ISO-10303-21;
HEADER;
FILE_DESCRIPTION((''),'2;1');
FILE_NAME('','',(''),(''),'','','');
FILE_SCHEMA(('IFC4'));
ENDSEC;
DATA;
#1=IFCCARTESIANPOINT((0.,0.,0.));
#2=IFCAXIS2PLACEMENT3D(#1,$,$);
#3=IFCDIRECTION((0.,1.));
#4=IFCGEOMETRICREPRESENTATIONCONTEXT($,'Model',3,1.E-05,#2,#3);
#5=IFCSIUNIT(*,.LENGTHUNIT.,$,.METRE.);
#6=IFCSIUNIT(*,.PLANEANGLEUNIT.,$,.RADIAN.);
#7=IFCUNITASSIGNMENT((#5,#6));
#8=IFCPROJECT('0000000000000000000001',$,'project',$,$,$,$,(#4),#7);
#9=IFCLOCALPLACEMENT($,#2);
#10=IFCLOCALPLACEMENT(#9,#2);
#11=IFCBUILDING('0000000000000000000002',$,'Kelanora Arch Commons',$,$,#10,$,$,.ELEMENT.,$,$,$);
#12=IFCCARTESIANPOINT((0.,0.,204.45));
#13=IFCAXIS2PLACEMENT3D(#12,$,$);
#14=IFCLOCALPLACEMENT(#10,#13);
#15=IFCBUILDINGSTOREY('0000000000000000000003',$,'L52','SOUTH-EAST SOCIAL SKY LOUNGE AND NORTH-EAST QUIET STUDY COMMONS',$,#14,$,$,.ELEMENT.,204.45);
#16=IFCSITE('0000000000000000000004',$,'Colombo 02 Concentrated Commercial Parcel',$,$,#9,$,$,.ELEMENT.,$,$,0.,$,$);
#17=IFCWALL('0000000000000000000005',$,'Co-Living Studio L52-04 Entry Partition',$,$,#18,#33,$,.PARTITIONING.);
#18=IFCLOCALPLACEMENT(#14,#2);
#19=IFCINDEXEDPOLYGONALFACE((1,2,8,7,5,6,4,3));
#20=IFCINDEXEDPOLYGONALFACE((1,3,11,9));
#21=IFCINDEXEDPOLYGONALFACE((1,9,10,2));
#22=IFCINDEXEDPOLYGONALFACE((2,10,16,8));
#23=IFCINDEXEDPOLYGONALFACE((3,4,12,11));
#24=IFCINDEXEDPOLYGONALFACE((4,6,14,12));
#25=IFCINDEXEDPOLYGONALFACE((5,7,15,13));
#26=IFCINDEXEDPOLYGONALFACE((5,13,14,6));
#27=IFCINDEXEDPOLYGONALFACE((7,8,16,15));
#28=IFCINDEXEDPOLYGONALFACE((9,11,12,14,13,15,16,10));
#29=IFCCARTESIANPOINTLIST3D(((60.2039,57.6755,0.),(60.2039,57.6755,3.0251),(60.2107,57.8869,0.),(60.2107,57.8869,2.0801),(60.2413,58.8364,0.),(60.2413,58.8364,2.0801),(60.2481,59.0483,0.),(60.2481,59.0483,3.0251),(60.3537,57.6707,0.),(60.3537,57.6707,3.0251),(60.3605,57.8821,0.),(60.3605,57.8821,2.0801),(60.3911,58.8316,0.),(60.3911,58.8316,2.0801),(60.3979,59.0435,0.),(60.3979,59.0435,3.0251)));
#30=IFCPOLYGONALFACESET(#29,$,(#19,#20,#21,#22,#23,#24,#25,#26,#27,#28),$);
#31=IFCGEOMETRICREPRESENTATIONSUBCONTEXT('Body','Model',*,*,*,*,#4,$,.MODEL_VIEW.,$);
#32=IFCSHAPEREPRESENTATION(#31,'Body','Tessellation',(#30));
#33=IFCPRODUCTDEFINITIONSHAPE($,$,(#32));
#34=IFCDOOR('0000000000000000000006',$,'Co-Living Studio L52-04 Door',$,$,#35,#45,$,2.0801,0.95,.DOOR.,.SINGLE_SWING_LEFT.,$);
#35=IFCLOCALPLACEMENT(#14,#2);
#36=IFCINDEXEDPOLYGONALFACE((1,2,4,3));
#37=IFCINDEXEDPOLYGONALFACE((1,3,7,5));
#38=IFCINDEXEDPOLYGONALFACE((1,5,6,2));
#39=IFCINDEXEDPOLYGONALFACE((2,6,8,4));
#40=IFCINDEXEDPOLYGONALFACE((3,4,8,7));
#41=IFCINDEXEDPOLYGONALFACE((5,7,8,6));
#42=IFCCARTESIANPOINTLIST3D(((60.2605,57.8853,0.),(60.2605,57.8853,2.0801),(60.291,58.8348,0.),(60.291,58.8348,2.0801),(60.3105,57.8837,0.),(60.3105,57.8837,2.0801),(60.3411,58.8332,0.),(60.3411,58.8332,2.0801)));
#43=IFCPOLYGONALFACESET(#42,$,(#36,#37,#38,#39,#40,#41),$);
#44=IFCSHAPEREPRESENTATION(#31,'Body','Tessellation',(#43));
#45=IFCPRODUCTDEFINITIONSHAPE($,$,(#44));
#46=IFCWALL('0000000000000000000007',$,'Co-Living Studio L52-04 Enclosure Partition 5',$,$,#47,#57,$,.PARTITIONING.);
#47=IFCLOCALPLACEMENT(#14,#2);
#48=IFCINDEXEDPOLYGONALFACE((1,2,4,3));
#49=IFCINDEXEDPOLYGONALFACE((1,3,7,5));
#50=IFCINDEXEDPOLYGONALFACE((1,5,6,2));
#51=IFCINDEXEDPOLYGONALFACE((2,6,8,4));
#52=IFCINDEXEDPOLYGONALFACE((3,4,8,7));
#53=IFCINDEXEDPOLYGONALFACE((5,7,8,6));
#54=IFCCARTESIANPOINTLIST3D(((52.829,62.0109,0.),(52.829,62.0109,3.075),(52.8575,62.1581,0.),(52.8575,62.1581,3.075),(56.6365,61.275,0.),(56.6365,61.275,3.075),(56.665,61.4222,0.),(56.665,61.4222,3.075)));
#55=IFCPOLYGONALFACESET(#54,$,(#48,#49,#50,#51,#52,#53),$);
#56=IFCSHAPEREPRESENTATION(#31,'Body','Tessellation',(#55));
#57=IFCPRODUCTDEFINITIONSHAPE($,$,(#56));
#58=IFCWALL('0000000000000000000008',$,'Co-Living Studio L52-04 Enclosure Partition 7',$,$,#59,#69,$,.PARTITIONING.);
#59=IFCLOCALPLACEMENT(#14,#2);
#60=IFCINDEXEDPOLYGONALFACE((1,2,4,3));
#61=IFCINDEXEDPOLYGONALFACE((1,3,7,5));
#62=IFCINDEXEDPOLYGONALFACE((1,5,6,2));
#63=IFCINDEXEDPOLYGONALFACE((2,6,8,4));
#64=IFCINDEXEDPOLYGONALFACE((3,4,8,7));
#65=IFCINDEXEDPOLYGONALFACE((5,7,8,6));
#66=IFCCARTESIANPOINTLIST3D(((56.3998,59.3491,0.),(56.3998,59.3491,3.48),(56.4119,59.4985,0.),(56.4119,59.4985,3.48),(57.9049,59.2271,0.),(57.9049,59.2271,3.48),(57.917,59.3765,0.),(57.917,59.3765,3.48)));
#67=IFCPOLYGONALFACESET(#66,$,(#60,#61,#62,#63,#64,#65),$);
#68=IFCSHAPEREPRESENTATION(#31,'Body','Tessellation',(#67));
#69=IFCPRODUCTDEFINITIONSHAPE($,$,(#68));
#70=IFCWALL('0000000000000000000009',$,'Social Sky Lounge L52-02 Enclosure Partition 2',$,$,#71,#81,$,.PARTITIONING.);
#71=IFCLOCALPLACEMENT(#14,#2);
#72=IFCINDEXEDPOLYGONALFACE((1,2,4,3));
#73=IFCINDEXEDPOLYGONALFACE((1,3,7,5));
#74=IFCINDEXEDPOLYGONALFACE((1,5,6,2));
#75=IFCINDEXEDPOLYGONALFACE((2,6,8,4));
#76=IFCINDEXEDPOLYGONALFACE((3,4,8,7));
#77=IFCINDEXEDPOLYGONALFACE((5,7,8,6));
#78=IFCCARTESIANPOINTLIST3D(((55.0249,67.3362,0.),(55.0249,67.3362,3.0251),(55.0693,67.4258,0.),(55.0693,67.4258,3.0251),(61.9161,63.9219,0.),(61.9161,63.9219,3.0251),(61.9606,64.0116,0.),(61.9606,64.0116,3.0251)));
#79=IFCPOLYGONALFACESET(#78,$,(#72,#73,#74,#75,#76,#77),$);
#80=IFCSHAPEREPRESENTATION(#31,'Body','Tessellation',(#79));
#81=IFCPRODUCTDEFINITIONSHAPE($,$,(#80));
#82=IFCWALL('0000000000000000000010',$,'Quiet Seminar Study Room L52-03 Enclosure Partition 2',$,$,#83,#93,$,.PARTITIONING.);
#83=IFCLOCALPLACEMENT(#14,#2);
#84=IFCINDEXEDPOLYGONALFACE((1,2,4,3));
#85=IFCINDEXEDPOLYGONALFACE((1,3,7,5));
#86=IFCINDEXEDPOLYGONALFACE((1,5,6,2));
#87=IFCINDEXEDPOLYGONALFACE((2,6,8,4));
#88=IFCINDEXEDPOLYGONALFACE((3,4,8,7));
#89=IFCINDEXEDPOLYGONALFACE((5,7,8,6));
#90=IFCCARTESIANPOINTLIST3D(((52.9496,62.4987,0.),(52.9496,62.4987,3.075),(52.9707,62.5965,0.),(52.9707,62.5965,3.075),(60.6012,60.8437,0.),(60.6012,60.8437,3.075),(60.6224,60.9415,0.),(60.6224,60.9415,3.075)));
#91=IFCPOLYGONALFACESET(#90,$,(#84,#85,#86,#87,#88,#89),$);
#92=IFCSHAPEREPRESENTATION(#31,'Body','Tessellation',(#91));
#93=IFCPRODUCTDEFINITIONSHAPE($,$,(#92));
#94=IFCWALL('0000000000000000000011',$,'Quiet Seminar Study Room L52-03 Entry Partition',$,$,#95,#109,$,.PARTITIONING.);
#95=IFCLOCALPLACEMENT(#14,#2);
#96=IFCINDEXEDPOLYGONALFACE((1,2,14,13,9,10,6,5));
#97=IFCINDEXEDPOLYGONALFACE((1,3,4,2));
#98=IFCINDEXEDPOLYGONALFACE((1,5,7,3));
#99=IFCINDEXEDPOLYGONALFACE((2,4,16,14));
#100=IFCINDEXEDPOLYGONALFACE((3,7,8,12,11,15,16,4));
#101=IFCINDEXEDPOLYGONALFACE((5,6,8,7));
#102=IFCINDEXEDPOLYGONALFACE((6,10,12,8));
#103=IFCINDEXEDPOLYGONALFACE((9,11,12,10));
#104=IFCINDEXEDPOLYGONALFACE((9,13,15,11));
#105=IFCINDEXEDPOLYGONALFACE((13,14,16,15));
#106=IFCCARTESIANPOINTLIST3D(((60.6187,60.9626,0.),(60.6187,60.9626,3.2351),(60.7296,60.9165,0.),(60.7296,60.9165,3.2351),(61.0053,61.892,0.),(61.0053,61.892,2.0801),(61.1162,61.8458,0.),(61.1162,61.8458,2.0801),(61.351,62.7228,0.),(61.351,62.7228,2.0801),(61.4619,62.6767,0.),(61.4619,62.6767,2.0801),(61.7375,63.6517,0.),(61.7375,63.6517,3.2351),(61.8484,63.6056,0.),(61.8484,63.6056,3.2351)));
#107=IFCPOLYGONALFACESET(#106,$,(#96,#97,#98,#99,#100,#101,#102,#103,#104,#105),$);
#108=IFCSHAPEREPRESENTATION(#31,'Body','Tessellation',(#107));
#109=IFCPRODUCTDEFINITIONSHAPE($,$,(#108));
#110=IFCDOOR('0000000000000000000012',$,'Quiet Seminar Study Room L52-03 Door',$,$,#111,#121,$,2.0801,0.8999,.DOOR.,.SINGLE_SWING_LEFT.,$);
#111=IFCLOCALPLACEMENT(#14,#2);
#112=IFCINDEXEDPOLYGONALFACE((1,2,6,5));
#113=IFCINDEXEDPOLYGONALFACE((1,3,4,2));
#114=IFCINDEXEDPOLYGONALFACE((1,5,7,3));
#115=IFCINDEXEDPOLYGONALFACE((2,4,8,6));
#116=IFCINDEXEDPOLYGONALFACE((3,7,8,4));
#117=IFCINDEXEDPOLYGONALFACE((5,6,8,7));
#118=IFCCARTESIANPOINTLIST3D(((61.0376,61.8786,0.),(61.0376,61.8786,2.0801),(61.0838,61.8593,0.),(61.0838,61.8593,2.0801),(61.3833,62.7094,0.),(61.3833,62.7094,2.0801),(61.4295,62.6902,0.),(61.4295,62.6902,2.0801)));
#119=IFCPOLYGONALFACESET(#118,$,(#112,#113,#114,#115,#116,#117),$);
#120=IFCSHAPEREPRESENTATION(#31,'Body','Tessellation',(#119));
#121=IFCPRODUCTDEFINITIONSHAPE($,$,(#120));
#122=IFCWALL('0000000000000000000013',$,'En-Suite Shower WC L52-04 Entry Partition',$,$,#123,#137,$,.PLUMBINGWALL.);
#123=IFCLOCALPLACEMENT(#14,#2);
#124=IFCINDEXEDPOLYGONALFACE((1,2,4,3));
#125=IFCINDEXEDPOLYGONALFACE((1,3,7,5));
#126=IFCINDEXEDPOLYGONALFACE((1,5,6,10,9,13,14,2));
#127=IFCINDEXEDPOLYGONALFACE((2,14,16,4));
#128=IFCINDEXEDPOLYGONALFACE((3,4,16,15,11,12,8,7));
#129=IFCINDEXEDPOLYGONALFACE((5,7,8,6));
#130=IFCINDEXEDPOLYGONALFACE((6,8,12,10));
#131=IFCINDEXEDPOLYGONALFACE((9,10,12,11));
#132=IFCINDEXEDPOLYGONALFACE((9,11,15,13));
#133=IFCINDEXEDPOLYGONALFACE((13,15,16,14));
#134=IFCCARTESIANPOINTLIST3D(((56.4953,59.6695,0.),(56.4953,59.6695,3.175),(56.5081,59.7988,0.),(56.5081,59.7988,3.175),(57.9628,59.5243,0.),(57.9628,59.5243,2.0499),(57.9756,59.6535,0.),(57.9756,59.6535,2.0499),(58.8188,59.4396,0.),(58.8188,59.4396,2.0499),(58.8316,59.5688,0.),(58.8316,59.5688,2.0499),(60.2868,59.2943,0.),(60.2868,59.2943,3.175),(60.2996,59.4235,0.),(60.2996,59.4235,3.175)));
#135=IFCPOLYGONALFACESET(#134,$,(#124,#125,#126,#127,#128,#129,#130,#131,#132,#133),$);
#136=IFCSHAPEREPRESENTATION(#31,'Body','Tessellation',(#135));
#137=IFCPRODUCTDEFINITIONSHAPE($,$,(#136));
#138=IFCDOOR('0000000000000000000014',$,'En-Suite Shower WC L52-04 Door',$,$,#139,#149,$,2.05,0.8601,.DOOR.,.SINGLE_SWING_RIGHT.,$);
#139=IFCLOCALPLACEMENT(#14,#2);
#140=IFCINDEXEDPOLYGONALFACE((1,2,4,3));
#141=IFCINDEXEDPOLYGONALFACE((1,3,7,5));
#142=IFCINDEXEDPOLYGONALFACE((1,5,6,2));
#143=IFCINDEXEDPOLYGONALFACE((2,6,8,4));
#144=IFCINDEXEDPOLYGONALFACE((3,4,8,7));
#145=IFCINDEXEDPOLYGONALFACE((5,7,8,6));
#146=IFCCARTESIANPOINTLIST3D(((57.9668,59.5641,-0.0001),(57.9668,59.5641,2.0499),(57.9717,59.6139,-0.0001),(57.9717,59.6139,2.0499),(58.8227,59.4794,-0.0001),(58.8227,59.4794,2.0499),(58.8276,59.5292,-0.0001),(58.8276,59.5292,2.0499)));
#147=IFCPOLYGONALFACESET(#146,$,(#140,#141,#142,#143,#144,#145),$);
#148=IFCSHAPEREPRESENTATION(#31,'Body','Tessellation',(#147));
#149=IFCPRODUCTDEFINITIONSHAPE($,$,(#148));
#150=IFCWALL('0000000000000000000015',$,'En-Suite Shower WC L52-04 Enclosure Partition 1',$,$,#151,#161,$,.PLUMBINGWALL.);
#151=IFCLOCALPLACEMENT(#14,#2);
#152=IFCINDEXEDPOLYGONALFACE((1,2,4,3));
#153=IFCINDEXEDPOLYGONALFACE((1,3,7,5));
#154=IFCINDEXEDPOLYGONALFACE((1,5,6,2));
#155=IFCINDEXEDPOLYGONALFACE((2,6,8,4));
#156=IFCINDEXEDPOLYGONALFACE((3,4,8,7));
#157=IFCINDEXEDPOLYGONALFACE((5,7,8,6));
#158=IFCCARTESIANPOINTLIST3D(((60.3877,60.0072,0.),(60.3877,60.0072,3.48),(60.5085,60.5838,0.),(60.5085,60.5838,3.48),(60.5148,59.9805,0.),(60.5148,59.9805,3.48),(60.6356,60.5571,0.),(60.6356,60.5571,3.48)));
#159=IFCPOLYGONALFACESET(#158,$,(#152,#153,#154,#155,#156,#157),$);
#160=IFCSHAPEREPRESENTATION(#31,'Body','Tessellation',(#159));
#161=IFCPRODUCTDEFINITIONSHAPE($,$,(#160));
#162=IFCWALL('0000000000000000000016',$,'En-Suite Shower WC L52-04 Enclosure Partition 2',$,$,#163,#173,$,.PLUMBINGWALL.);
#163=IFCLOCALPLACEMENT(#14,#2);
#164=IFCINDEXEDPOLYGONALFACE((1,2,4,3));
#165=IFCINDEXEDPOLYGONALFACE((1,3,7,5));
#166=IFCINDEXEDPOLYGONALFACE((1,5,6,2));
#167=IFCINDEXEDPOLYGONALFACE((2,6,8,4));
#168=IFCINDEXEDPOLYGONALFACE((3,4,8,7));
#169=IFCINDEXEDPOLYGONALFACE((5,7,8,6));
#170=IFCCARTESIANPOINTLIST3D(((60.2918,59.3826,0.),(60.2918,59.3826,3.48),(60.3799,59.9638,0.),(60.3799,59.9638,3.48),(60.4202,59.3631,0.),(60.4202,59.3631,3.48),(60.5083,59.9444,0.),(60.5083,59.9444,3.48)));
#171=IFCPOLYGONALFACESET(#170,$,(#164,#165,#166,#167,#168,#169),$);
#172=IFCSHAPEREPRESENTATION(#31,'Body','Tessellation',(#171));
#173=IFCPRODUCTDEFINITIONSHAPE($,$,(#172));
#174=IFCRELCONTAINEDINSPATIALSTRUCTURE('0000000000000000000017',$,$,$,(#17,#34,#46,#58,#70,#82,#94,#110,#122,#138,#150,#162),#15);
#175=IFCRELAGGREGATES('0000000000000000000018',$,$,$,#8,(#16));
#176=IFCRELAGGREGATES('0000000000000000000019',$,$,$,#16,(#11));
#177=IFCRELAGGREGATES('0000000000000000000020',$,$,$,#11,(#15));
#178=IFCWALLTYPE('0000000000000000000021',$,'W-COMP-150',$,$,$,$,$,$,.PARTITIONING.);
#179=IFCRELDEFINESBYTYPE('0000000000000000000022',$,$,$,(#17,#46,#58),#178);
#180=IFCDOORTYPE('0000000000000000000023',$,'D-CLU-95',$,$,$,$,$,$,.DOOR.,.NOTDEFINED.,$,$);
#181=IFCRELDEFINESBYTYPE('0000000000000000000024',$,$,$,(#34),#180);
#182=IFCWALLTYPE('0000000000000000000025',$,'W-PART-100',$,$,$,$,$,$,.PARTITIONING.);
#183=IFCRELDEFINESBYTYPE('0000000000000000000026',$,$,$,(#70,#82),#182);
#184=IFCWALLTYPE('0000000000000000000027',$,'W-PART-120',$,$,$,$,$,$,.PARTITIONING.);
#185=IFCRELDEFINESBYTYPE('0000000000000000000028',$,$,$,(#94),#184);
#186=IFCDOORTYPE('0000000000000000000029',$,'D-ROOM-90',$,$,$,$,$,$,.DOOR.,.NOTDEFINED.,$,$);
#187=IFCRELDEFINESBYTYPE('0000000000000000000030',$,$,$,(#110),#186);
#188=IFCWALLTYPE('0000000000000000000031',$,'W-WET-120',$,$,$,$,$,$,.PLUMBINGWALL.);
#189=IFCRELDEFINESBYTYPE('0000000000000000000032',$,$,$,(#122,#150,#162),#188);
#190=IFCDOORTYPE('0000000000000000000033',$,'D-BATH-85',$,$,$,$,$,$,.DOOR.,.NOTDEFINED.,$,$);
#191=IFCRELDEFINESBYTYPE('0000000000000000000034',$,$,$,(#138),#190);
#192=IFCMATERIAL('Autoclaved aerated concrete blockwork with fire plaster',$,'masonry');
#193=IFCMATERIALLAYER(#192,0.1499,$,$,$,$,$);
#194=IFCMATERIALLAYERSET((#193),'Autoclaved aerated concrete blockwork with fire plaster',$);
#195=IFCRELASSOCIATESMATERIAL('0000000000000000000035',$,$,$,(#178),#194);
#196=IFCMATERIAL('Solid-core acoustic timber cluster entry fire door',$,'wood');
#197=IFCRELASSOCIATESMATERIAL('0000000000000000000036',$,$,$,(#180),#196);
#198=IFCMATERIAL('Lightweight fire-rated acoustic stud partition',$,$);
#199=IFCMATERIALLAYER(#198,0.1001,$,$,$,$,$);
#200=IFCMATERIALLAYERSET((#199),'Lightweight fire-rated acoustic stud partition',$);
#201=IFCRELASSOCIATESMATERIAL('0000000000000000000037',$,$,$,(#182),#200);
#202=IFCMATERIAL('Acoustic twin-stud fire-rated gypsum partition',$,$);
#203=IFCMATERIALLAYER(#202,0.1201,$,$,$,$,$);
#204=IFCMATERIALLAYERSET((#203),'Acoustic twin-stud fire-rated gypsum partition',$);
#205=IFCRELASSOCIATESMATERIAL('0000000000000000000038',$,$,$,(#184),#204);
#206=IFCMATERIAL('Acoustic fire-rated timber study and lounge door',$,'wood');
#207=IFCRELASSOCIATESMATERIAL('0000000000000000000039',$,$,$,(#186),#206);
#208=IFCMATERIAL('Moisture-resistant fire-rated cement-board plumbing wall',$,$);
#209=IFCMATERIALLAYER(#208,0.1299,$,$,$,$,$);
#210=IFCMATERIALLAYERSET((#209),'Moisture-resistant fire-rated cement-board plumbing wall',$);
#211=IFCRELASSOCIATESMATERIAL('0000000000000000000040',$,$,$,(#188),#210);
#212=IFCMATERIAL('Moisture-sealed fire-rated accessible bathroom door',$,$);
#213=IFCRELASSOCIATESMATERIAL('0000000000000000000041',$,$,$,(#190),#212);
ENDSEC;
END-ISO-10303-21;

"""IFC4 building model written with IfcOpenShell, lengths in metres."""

from ifc_helpers import new_model, si_unit, direction, frame, frame_2d, origin, place, context, subcontext, project, spatial, rectangle, extrude, material, layer, layer_set, type_object, element, fill, save


model = new_model("IFC4")

# Units and contexts
model_context = context("Model", 3, precision=1e-05, world=origin(), true_north=direction((0.0, 1.0)))
body_context = subcontext(model_context, "Body", "Model", "MODEL_VIEW")
ifc_project = project(units=[si_unit("LENGTHUNIT", "METRE"), si_unit("PLANEANGLEUNIT", "RADIAN")], contexts=[model_context])

# Site, building, storey
site_placement = place(None, origin())
site = spatial("IfcSite", under=ifc_project, at=site_placement, Name="Colombo 02 Concentrated Commercial Parcel", CompositionType="ELEMENT", RefElevation=0.0)
building_placement = place(site_placement, origin())
building = spatial("IfcBuilding", under=site, at=building_placement, Name="Kelanora Arch Commons", CompositionType="ELEMENT")
storey_placement = place(building_placement, frame((0.0, 0.0, 204.45)))
storey = spatial("IfcBuildingStorey", under=building, at=storey_placement, Name="L52", Description="SOUTH-EAST SOCIAL SKY LOUNGE AND NORTH-EAST QUIET STUDY COMMONS", CompositionType="ELEMENT", Elevation=204.45)

# Wall, opening, door
ifc_material_1 = material(Name="Autoclaved aerated concrete blockwork with fire plaster", Category="masonry")
ifc_layer_1 = layer(ifc_material_1, 0.1499)
ifc_layer_set_1 = layer_set([ifc_layer_1], Name="Autoclaved aerated concrete blockwork with fire plaster")
wall_type_1 = type_object("IfcWallType", Name="W-COMP-150", PredefinedType="PARTITIONING", material=ifc_layer_set_1)
wall_1_placement = place(storey_placement, frame((60.323, 59.0459, 0.0), z_axis=(0.0, 0.0, 1.0), x_axis=(-0.032173, -0.999482, 0.0)))
wall_1 = element("IfcWall", 1, at=wall_1_placement, inside=storey, type_object=wall_type_1, Name="Co-Living Studio L52-04 Entry Partition", PredefinedType="PARTITIONING", context=body_context, shape_type="SweptSolid", body=[
    extrude(rectangle(XDim=1.3735, YDim=0.1499, at=frame_2d((0.6868, 0.0))), origin(), (0.0, 0.0, 1.0), 3.0251),
])
opening_1_placement = place(wall_1_placement, frame((0.2119, 0.0, 0.0)))
opening_1 = element("IfcOpeningElement", 2, at=opening_1_placement, cuts=wall_1, PredefinedType="OPENING", context=body_context, shape_type="SweptSolid", body=[
    extrude(rectangle(XDim=0.95, YDim=2.0801, at=frame_2d((0.4751, 1.04))), frame((0.0, 0.085, 0.0), z_axis=(0.0, -1.0, 0.0), x_axis=(1.0, 0.0, 0.0)), (0.0, 0.0, 1.0), 0.1699),
])
ifc_material_2 = material(Name="Solid-core acoustic timber cluster entry fire door", Category="wood")
door_type_1 = type_object("IfcDoorType", Name="D-CLU-95", OperationType="NOTDEFINED", PredefinedType="DOOR", material=ifc_material_2)
door_1_placement = place(opening_1_placement, origin())
door_1 = element("IfcDoor", 3, at=door_1_placement, inside=storey, type_object=door_type_1, Name="Co-Living Studio L52-04 Door", OperationType="SINGLE_SWING_LEFT", OverallHeight=2.0801, OverallWidth=0.95, PredefinedType="DOOR", context=body_context, shape_type="SweptSolid", body=[
    extrude(rectangle(XDim=0.95, YDim=2.0801, at=frame_2d((0.4751, 1.04))), frame((0.0, 0.0249, 0.0), z_axis=(0.0, -1.0, 0.0), x_axis=(1.0, 0.0, 0.0)), (0.0, 0.0, 1.0), 0.05),
])
fill(opening_1, door_1)

# Walls
wall_2_placement = place(storey_placement, frame((52.8433, 62.0845, 0.0), z_axis=(0.0, 0.0, 1.0), x_axis=(0.981831, -0.189756, 0.0)))
element("IfcWall", 4, at=wall_2_placement, inside=storey, type_object=wall_type_1, Name="Co-Living Studio L52-04 Enclosure Partition 5", PredefinedType="PARTITIONING", context=body_context, shape_type="SweptSolid", body=[
    extrude(rectangle(XDim=3.8779, YDim=0.1499, at=frame_2d((1.939, 0.0))), origin(), (0.0, 0.0, 1.0), 3.075),
])
wall_3_placement = place(storey_placement, frame((56.406, 59.4238, 0.0), z_axis=(0.0, 0.0, 1.0), x_axis=(0.996727, -0.080838, 0.0)))
element("IfcWall", 5, at=wall_3_placement, inside=storey, type_object=wall_type_1, Name="Co-Living Studio L52-04 Enclosure Partition 7", PredefinedType="PARTITIONING", context=body_context, shape_type="SweptSolid", body=[
    extrude(rectangle(XDim=1.51, YDim=0.1499, at=frame_2d((0.7549, 0.0))), origin(), (0.0, 0.0, 1.0), 3.48),
])
ifc_material_3 = material(Name="Lightweight fire-rated acoustic stud partition")
ifc_layer_2 = layer(ifc_material_3, 0.1001)
ifc_layer_set_2 = layer_set([ifc_layer_2], Name="Lightweight fire-rated acoustic stud partition")
wall_type_2 = type_object("IfcWallType", Name="W-PART-100", PredefinedType="PARTITIONING", material=ifc_layer_set_2)
wall_4_placement = place(storey_placement, frame((61.9382, 63.9668, 0.0), z_axis=(0.0, 0.0, 1.0), x_axis=(-0.896053, 0.443947, 0.0)))
element("IfcWall", 6, at=wall_4_placement, inside=storey, type_object=wall_type_2, Name="Social Sky Lounge L52-02 Enclosure Partition 2", PredefinedType="PARTITIONING", context=body_context, shape_type="SweptSolid", body=[
    extrude(rectangle(XDim=7.6907, YDim=0.1001, at=frame_2d((3.8452, 0.0))), origin(), (0.0, 0.0, 1.0), 3.0251),
])
wall_5_placement = place(storey_placement, frame((60.6118, 60.8926, 0.0), z_axis=(0.0, 0.0, 1.0), x_axis=(-0.977398, 0.211409, 0.0)))
element("IfcWall", 7, at=wall_5_placement, inside=storey, type_object=wall_type_2, Name="Quiet Seminar Study Room L52-03 Enclosure Partition 2", PredefinedType="PARTITIONING", context=body_context, shape_type="SweptSolid", body=[
    extrude(rectangle(XDim=7.8286, YDim=0.1001, at=frame_2d((3.9143, 0.0))), origin(), (0.0, 0.0, 1.0), 3.075),
])

# Walls, openings, doors
ifc_material_4 = material(Name="Acoustic twin-stud fire-rated gypsum partition")
ifc_layer_3 = layer(ifc_material_4, 0.1201)
ifc_layer_set_3 = layer_set([ifc_layer_3], Name="Acoustic twin-stud fire-rated gypsum partition")
wall_type_3 = type_object("IfcWallType", Name="W-PART-120", PredefinedType="PARTITIONING", material=ifc_layer_set_3)
wall_6_placement = place(storey_placement, frame((61.793, 63.6287, 0.0), z_axis=(0.0, 0.0, 1.0), x_axis=(-0.384145, -0.923273, 0.0)))
wall_6 = element("IfcWall", 8, at=wall_6_placement, inside=storey, type_object=wall_type_3, Name="Quiet Seminar Study Room L52-03 Entry Partition", PredefinedType="PARTITIONING", context=body_context, shape_type="SweptSolid", body=[
    extrude(rectangle(XDim=2.9126, YDim=0.1201, at=frame_2d((1.4563, 0.0))), origin(), (0.0, 0.0, 1.0), 3.2351),
])
opening_2_placement = place(wall_6_placement, frame((1.0061, 0.0, 0.0)))
opening_2 = element("IfcOpeningElement", 9, at=opening_2_placement, cuts=wall_6, PredefinedType="OPENING", context=body_context, shape_type="SweptSolid", body=[
    extrude(rectangle(XDim=0.8999, YDim=2.0801, at=frame_2d((0.45, 1.04))), frame((0.0, 0.0701, 0.0), z_axis=(0.0, -1.0, 0.0), x_axis=(1.0, 0.0, 0.0)), (0.0, 0.0, 1.0), 0.1401),
])
ifc_material_5 = material(Name="Acoustic fire-rated timber study and lounge door", Category="wood")
door_type_2 = type_object("IfcDoorType", Name="D-ROOM-90", OperationType="NOTDEFINED", PredefinedType="DOOR", material=ifc_material_5)
door_2_placement = place(opening_2_placement, origin())
door_2 = element("IfcDoor", 10, at=door_2_placement, inside=storey, type_object=door_type_2, Name="Quiet Seminar Study Room L52-03 Door", OperationType="SINGLE_SWING_LEFT", OverallHeight=2.0801, OverallWidth=0.8999, PredefinedType="DOOR", context=body_context, shape_type="SweptSolid", body=[
    extrude(rectangle(XDim=0.8999, YDim=2.0801, at=frame_2d((0.45, 1.04))), frame((0.0, 0.0249, 0.0), z_axis=(0.0, -1.0, 0.0), x_axis=(1.0, 0.0, 0.0)), (0.0, 0.0, 1.0), 0.05),
])
fill(opening_2, door_2)
ifc_material_6 = material(Name="Moisture-resistant fire-rated cement-board plumbing wall")
ifc_layer_4 = layer(ifc_material_6, 0.1299)
ifc_layer_set_4 = layer_set([ifc_layer_4], Name="Moisture-resistant fire-rated cement-board plumbing wall")
wall_type_4 = type_object("IfcWallType", Name="W-WET-120", PredefinedType="PLUMBINGWALL", material=ifc_layer_set_4)
wall_7_placement = place(storey_placement, frame((60.2932, 59.3589, 0.0), z_axis=(0.0, 0.0, 1.0), x_axis=(-0.995138, 0.098489, 0.0)))
wall_7 = element("IfcWall", 11, at=wall_7_placement, inside=storey, type_object=wall_type_4, Name="En-Suite Shower WC L52-04 Entry Partition", PredefinedType="PLUMBINGWALL", context=body_context, shape_type="SweptSolid", body=[
    extrude(rectangle(XDim=3.8101, YDim=0.1299, at=frame_2d((1.905, 0.0))), origin(), (0.0, 0.0, 1.0), 3.175),
])
opening_3_placement = place(wall_7_placement, frame((1.4751, 0.0, 0.0)))
opening_3 = element("IfcOpeningElement", 12, at=opening_3_placement, cuts=wall_7, PredefinedType="OPENING", context=body_context, shape_type="SweptSolid", body=[
    extrude(rectangle(XDim=0.8601, YDim=2.05, at=frame_2d((0.4302, 1.0249))), frame((0.0, 0.075, 0.0), z_axis=(0.0, -1.0, 0.0), x_axis=(1.0, 0.0, 0.0)), (0.0, 0.0, 1.0), 0.1499),
])
ifc_material_7 = material(Name="Moisture-sealed fire-rated accessible bathroom door")
door_type_3 = type_object("IfcDoorType", Name="D-BATH-85", OperationType="NOTDEFINED", PredefinedType="DOOR", material=ifc_material_7)
door_3_placement = place(opening_3_placement, origin())
door_3 = element("IfcDoor", 13, at=door_3_placement, inside=storey, type_object=door_type_3, Name="En-Suite Shower WC L52-04 Door", OperationType="SINGLE_SWING_RIGHT", OverallHeight=2.05, OverallWidth=0.8601, PredefinedType="DOOR", context=body_context, shape_type="SweptSolid", body=[
    extrude(rectangle(XDim=0.8601, YDim=2.05, at=frame_2d((0.4302, 1.0249))), frame((0.0, 0.0249, 0.0), z_axis=(0.0, -1.0, 0.0), x_axis=(1.0, 0.0, 0.0)), (0.0, 0.0, 1.0), 0.05),
])
fill(opening_3, door_3)

# Walls
wall_8_placement = place(storey_placement, frame((60.572, 60.5703, 0.0), z_axis=(0.0, 0.0, 1.0), x_axis=(-0.205112, -0.978738, 0.0)))
element("IfcWall", 14, at=wall_8_placement, inside=storey, type_object=wall_type_4, Name="En-Suite Shower WC L52-04 Enclosure Partition 1", PredefinedType="PLUMBINGWALL", context=body_context, shape_type="SweptSolid", body=[
    extrude(rectangle(XDim=0.5891, YDim=0.1299, at=frame_2d((0.2944, 0.0))), origin(), (0.0, 0.0, 1.0), 3.48),
])
wall_9_placement = place(storey_placement, frame((60.4441, 59.9541, 0.0), z_axis=(0.0, 0.0, 1.0), x_axis=(-0.149904, -0.988701, 0.0)))
element("IfcWall", 15, at=wall_9_placement, inside=storey, type_object=wall_type_4, Name="En-Suite Shower WC L52-04 Enclosure Partition 2", PredefinedType="PLUMBINGWALL", context=body_context, shape_type="SweptSolid", body=[
    extrude(rectangle(XDim=0.5879, YDim=0.1299, at=frame_2d((0.2939, 0.0))), origin(), (0.0, 0.0, 1.0), 3.48),
])

save(model, "model.ifc")
